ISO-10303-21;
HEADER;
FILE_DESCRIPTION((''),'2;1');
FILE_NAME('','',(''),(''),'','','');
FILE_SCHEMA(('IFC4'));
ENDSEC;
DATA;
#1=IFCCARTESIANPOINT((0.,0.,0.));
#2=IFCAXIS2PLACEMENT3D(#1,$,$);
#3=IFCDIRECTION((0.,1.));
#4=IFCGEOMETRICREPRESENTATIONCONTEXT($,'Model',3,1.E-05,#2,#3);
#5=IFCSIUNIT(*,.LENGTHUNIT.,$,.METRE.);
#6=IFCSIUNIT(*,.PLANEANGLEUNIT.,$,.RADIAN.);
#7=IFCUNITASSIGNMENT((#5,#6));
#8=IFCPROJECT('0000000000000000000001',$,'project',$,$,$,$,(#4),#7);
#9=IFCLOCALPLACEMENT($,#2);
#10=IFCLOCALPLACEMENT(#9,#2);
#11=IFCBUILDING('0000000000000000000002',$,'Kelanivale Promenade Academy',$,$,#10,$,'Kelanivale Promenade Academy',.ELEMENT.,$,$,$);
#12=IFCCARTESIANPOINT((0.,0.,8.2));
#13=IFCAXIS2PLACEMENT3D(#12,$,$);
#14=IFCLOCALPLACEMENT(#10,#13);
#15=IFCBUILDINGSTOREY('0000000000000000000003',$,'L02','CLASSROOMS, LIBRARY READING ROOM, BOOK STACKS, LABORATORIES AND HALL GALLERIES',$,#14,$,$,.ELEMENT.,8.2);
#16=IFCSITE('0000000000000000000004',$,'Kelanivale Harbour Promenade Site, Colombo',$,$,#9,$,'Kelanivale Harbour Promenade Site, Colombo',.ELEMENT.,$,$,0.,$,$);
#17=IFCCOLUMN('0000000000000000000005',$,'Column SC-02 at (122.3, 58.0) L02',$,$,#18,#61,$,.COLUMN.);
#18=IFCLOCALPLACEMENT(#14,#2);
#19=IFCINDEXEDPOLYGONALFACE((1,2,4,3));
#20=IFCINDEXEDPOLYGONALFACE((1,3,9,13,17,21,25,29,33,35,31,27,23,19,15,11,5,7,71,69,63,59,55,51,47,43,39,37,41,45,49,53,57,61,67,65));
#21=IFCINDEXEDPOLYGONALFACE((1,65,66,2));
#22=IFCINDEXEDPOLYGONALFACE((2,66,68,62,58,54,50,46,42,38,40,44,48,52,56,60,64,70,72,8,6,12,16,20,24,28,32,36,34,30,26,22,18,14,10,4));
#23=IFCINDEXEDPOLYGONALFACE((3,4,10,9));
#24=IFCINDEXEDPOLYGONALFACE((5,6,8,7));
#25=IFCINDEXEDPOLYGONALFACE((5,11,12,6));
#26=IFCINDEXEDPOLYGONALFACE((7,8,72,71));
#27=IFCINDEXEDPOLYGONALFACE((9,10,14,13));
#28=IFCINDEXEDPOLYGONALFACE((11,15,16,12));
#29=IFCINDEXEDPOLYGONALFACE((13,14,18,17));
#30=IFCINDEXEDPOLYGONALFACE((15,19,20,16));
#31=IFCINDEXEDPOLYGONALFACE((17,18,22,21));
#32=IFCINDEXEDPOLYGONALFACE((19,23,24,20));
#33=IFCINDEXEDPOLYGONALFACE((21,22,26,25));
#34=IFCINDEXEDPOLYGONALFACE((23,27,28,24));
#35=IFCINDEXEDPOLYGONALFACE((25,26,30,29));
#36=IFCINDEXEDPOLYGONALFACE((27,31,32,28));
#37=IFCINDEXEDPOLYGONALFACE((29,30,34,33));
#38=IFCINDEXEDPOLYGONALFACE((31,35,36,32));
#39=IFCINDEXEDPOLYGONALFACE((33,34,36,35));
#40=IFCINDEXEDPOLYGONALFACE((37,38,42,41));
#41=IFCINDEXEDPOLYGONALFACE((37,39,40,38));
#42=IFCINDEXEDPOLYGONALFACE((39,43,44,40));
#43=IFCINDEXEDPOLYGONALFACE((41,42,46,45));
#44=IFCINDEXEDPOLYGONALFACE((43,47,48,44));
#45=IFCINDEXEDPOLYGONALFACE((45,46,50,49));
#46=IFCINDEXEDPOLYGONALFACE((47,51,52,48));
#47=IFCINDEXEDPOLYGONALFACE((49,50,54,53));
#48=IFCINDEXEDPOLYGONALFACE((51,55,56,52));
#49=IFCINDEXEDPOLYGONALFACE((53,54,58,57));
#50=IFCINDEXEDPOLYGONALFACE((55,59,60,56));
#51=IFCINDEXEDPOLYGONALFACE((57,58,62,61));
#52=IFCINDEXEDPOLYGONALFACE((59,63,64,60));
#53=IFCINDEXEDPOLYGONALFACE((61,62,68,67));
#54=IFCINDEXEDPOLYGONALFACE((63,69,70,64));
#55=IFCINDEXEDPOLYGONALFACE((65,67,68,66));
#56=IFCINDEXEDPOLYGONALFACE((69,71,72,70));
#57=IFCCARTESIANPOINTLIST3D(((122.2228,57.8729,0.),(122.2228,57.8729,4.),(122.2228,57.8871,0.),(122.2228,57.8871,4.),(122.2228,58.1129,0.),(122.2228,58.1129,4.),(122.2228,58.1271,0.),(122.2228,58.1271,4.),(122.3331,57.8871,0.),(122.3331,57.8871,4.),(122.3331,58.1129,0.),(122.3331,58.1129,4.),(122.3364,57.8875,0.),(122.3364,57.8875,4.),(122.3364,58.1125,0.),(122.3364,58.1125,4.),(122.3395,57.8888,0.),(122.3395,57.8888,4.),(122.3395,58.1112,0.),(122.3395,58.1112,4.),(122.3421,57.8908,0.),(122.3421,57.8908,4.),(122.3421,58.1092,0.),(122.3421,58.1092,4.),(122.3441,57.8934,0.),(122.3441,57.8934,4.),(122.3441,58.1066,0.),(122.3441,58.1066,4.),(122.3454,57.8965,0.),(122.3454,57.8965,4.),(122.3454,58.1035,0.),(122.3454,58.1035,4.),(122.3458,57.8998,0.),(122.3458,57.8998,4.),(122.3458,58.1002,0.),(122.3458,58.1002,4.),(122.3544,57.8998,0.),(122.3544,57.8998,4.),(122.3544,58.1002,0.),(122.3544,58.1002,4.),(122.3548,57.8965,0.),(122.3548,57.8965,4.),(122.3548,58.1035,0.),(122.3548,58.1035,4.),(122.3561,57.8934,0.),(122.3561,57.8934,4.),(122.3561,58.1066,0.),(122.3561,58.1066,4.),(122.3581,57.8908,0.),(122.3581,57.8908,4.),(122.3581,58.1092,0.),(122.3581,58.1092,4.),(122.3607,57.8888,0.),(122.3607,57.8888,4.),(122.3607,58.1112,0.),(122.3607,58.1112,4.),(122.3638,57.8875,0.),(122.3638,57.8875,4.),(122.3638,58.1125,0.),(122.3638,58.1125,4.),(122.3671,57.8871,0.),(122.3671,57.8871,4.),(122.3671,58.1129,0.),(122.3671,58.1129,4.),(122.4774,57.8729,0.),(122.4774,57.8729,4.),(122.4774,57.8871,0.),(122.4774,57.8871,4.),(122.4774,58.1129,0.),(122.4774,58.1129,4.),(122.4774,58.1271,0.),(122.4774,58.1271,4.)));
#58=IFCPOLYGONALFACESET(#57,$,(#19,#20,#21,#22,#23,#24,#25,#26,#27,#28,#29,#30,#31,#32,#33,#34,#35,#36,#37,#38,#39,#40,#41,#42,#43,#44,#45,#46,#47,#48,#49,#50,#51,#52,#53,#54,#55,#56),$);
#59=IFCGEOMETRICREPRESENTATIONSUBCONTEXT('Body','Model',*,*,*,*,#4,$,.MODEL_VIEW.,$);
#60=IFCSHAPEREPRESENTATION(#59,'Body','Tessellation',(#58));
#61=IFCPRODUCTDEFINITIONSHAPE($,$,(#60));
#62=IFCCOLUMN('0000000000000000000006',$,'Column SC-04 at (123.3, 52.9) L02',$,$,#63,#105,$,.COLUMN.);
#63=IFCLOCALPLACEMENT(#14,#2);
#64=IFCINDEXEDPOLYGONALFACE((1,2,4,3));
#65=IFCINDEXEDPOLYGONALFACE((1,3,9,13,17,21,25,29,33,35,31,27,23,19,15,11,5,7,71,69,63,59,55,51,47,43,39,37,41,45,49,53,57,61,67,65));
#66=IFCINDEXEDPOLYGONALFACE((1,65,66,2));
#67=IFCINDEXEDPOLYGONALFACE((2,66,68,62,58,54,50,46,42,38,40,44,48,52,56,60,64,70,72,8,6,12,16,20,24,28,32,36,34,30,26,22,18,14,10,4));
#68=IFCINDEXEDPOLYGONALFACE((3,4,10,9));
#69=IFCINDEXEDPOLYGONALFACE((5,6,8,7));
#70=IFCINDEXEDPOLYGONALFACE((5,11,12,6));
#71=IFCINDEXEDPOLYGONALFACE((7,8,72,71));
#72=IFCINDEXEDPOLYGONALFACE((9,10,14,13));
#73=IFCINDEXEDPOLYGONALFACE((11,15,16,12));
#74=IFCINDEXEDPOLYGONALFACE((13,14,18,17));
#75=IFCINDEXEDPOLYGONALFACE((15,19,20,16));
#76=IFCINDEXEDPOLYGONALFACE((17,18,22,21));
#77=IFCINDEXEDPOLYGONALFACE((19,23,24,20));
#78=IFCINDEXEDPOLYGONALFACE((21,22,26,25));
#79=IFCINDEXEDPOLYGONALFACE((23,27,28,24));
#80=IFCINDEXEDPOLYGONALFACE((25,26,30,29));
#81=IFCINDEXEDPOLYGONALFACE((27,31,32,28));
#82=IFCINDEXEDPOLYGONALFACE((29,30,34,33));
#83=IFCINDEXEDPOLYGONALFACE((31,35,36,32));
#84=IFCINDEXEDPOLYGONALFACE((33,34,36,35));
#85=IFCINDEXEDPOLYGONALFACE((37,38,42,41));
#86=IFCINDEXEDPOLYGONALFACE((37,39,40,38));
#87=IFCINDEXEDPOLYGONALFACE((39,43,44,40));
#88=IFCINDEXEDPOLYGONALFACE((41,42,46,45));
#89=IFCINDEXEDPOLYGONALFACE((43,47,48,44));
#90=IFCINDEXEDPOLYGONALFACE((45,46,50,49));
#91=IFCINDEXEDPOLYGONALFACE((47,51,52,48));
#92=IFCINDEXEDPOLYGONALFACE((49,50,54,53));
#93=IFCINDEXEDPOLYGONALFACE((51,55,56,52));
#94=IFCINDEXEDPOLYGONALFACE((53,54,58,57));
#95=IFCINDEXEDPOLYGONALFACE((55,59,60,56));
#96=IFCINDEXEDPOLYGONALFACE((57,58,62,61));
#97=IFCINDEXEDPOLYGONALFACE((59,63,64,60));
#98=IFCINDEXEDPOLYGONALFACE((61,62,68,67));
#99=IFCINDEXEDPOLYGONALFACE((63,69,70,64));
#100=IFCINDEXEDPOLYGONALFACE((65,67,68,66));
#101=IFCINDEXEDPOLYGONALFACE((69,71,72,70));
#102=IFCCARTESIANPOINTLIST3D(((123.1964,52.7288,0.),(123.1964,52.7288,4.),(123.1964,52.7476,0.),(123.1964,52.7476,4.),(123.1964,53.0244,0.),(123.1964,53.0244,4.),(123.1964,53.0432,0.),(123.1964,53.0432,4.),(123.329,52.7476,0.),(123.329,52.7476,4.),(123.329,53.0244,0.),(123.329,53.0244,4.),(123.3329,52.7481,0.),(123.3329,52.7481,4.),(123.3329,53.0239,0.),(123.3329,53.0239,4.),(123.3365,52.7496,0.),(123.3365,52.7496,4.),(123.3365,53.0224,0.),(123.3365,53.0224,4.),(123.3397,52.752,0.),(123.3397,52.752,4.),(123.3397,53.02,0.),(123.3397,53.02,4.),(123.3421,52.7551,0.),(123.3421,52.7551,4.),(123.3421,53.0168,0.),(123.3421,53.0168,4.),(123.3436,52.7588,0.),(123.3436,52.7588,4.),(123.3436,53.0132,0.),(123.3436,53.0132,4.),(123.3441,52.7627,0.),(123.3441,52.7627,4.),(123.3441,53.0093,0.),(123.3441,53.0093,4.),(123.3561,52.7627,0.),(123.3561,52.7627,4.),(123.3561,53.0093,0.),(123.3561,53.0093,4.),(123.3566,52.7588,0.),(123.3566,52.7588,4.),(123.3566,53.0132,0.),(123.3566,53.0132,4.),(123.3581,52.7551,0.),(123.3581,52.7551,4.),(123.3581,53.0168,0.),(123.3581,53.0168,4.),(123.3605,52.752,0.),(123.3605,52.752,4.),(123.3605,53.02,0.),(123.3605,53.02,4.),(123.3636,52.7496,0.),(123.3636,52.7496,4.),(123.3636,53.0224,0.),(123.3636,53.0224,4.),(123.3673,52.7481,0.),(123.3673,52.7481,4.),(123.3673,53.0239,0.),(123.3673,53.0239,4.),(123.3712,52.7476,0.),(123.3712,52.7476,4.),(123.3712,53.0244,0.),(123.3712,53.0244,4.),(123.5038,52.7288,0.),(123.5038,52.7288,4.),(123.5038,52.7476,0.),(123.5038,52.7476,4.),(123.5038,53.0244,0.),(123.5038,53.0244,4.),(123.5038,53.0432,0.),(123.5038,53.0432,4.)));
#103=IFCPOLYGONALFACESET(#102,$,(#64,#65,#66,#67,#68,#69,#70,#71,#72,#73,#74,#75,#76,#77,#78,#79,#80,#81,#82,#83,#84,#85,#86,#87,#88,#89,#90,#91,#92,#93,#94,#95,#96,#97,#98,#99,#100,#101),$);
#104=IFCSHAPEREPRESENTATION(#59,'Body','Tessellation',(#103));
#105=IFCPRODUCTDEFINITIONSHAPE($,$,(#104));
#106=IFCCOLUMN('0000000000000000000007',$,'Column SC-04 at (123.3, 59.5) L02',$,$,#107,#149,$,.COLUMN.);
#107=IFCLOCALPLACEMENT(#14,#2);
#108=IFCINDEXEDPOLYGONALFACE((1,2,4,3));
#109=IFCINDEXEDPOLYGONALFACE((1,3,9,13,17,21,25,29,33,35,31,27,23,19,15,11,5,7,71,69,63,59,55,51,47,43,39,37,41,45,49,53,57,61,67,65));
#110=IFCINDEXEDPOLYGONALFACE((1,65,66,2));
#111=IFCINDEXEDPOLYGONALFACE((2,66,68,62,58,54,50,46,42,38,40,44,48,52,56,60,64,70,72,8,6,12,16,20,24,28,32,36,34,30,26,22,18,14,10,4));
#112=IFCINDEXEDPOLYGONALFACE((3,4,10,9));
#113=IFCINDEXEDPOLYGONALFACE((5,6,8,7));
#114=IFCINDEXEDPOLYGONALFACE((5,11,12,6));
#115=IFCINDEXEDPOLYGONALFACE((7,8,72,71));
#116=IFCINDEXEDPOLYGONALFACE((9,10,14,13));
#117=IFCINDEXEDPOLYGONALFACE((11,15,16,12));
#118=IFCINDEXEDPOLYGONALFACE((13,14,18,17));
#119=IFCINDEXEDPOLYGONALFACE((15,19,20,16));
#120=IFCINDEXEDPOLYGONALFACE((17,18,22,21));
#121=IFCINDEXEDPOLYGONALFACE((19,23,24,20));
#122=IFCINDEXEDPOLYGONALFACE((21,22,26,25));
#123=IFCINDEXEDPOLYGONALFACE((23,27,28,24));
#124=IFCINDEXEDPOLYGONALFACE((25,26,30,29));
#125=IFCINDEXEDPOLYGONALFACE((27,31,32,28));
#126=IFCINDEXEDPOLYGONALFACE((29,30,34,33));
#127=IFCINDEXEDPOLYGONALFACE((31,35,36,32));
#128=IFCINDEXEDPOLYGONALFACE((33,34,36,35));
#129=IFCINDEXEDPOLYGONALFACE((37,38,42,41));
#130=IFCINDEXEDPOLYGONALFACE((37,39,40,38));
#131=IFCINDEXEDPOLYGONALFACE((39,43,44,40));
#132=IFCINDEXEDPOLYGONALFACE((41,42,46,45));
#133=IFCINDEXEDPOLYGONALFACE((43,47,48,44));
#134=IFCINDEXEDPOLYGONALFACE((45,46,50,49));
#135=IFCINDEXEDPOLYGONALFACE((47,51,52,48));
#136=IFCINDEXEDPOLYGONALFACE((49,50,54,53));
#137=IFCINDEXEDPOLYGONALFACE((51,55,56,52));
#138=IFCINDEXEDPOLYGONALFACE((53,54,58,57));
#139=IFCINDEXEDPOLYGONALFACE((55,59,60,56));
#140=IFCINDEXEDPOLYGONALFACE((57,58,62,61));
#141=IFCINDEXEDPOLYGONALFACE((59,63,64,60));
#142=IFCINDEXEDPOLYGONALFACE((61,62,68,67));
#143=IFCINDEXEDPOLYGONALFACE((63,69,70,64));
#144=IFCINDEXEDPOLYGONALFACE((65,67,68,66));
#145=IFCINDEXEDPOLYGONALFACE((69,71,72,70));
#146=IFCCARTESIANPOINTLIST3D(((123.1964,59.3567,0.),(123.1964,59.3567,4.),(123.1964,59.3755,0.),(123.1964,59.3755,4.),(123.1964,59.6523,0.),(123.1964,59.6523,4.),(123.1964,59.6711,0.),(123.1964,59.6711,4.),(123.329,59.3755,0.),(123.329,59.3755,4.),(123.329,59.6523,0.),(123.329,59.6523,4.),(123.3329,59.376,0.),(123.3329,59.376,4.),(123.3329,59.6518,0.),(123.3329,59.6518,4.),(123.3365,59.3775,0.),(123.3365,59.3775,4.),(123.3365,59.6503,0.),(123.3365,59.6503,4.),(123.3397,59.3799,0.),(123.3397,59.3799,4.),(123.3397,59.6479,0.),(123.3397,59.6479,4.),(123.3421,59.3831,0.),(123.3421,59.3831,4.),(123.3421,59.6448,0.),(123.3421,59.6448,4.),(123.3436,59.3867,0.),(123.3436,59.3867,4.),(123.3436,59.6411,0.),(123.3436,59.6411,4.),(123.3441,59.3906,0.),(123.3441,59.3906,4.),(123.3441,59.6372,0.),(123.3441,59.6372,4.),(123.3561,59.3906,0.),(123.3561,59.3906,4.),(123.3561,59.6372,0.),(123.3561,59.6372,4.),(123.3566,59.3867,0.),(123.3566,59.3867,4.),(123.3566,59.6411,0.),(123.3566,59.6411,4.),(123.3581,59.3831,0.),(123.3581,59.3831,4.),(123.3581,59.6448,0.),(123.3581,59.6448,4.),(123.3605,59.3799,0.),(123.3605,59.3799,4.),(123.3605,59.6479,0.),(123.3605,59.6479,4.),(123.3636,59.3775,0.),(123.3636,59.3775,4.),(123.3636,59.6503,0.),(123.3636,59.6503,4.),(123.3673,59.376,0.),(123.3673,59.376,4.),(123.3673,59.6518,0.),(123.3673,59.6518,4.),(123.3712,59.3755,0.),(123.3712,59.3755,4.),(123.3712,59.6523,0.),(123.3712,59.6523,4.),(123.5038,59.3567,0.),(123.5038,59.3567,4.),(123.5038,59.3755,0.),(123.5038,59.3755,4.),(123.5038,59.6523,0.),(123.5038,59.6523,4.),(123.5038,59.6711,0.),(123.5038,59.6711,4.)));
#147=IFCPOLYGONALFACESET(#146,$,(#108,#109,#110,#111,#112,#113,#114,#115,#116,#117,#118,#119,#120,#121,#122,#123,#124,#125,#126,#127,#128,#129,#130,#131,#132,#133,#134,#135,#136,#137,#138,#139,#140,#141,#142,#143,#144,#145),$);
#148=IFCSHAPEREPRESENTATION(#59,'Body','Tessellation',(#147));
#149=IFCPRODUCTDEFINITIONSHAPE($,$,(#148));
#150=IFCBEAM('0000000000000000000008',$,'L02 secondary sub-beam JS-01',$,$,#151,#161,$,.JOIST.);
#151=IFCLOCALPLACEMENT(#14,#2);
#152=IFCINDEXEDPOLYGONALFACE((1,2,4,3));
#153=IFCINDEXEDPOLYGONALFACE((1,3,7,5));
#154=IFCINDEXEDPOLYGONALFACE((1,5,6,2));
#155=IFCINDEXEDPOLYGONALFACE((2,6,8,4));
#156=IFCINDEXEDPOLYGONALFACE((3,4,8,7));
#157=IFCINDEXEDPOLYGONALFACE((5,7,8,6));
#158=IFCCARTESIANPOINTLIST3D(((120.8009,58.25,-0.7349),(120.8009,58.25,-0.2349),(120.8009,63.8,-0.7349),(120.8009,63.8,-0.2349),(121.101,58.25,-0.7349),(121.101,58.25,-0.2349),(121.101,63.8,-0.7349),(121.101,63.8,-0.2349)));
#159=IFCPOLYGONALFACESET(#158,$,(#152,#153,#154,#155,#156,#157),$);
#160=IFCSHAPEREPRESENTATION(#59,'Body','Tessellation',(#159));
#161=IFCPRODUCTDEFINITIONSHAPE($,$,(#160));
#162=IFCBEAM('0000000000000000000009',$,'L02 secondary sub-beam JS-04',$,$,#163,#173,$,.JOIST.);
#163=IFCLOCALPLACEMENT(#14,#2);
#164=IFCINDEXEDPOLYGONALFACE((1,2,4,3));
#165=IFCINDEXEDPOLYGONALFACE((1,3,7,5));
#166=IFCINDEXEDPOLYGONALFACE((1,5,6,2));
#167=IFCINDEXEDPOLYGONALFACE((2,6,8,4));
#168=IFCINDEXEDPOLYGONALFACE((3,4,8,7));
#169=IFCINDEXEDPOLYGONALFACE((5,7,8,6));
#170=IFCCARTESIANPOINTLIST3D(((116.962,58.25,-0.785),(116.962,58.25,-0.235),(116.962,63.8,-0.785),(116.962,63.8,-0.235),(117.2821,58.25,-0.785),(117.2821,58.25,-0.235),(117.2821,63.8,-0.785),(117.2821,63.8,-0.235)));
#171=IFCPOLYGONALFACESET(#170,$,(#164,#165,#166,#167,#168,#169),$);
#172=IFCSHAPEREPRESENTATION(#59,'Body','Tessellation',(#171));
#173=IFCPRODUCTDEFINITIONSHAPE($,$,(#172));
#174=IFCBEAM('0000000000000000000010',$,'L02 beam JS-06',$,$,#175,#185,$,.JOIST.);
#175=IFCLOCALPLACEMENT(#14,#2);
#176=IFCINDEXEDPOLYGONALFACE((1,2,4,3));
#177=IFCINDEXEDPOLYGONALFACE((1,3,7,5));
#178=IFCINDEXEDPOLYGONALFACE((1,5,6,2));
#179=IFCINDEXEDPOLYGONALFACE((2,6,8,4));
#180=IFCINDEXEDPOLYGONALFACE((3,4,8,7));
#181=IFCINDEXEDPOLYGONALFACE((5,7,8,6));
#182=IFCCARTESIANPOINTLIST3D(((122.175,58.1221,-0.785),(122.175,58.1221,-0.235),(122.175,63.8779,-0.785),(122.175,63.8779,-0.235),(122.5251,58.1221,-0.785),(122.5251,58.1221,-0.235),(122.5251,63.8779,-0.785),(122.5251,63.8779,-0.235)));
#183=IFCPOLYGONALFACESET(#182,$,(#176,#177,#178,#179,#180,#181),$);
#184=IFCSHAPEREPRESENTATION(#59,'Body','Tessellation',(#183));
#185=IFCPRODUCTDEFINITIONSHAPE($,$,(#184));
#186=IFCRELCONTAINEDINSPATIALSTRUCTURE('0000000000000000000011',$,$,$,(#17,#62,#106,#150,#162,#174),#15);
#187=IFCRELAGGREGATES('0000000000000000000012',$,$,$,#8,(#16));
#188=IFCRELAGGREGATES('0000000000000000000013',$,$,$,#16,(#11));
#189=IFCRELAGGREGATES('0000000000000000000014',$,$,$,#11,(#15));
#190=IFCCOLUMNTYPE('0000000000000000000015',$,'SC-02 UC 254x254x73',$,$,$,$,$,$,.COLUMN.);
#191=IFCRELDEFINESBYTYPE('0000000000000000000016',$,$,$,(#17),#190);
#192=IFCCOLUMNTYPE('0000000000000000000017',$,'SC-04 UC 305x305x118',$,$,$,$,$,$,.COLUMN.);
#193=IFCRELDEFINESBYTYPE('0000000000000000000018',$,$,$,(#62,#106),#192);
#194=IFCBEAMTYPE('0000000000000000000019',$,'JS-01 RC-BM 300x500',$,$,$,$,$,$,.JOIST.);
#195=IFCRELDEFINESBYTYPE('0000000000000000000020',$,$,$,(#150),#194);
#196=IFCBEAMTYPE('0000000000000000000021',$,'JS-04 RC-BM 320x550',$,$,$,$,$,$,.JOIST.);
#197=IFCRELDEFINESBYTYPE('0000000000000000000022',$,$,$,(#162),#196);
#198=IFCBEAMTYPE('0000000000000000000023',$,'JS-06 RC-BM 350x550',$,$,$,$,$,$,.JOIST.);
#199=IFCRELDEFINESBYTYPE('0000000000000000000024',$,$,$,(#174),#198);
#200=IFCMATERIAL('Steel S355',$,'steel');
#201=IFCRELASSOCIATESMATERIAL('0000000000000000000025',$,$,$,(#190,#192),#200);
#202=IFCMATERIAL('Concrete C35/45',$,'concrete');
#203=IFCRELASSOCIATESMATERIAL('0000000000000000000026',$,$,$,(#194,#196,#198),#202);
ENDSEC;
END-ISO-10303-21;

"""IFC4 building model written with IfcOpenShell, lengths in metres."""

from ifc_helpers import new_model, si_unit, direction, frame, origin, origin_2d, place, context, subcontext, project, spatial, rectangle, i_section, extrude, material, material_profile, profile_set, type_object, element, save


model = new_model("IFC4")

# Units and contexts
model_context = context("Model", 3, precision=1e-05, world=origin(), true_north=direction((0.0, 1.0)))
body_context = subcontext(model_context, "Body", "Model", "MODEL_VIEW")
ifc_project = project(units=[si_unit("LENGTHUNIT", "METRE"), si_unit("PLANEANGLEUNIT", "RADIAN")], contexts=[model_context])

# Site, building, storey
site_placement = place(None, origin())
site = spatial("IfcSite", under=ifc_project, at=site_placement, Name="Kelanivale Harbour Promenade Site, Colombo", LongName="Kelanivale Harbour Promenade Site, Colombo", CompositionType="ELEMENT", RefElevation=0.0)
building_placement = place(site_placement, origin())
building = spatial("IfcBuilding", under=site, at=building_placement, Name="Kelanivale Promenade Academy", LongName="Kelanivale Promenade Academy", CompositionType="ELEMENT")
storey_placement = place(building_placement, frame((0.0, 0.0, 8.2)))
storey = spatial("IfcBuildingStorey", under=building, at=storey_placement, Name="L02", Description="CLASSROOMS, LIBRARY READING ROOM, BOOK STACKS, LABORATORIES AND HALL GALLERIES", CompositionType="ELEMENT", Elevation=8.2)

# Columns
ifc_material_1 = material(Name="Steel S355", Category="steel")
ifc_material_profile_1 = material_profile(ifc_material_1, i_section(OverallWidth=0.2546, OverallDepth=0.2542, WebThickness=0.0085, FlangeThickness=0.0142, FilletRadius=0.0127, at=origin_2d()), Name="UC 254x254x73")
ifc_profile_set_1 = profile_set([ifc_material_profile_1], Name="Steel S355")
column_type_1 = type_object("IfcColumnType", Name="SC-02 UC 254x254x73", PredefinedType="COLUMN", material=ifc_profile_set_1)
column_placement = place(storey_placement, frame((122.3501, 58.0, 0.0), z_axis=(0.0, 0.0, 1.0), x_axis=(1.0, 0.0, 0.0)))
element("IfcColumn", 1, at=column_placement, inside=storey, type_object=column_type_1, Name="Column SC-02 at (122.3, 58.0) L02", PredefinedType="COLUMN", context=body_context, shape_type="SweptSolid", body=[
    extrude(i_section(OverallWidth=0.2546, OverallDepth=0.2542, WebThickness=0.0085, FlangeThickness=0.0142, FilletRadius=0.0127, at=origin_2d()), origin(), (0.0, 0.0, 1.0), 4.0),
])
ifc_material_profile_2 = material_profile(ifc_material_1, i_section(OverallWidth=0.3074, OverallDepth=0.3145, WebThickness=0.012, FlangeThickness=0.0188, FilletRadius=0.0151, at=origin_2d()), Name="UC 305x305x118")
ifc_profile_set_2 = profile_set([ifc_material_profile_2], Name="Steel S355")
column_type_2 = type_object("IfcColumnType", Name="SC-04 UC 305x305x118", PredefinedType="COLUMN", material=ifc_profile_set_2)
for number, where, z_axis, x_axis, name in (
    (2, (123.3501, 52.886, 0.0), (0.0, 0.0, 1.0), (1.0, 0.0, 0.0), "Column SC-04 at (123.3, 52.9) L02"),
    (3, (123.3501, 59.5139, 0.0), (0.0, 0.0, 1.0), (1.0, 0.0, 0.0), "Column SC-04 at (123.3, 59.5) L02"),
):
    element("IfcColumn", number, at=place(storey_placement, frame(where, z_axis=z_axis, x_axis=x_axis)), inside=storey, type_object=column_type_2, Name=name, PredefinedType="COLUMN", context=body_context, shape_type="SweptSolid", body=[
        extrude(i_section(OverallWidth=0.3074, OverallDepth=0.3145, WebThickness=0.012, FlangeThickness=0.0188, FilletRadius=0.0151, at=origin_2d()), origin(), (0.0, 0.0, 1.0), 4.0),
    ])

# Beams
ifc_material_2 = material(Name="Concrete C35/45", Category="concrete")
ifc_material_profile_3 = material_profile(ifc_material_2, rectangle(XDim=0.3, YDim=0.5, at=origin_2d()), Name="RC-BM 300x500")
ifc_profile_set_3 = profile_set([ifc_material_profile_3], Name="Concrete C35/45")
beam_type_1 = type_object("IfcBeamType", Name="JS-01 RC-BM 300x500", PredefinedType="JOIST", material=ifc_profile_set_3)
beam_1_placement = place(storey_placement, frame((120.9509, 58.25, -0.4849), z_axis=(0.0, 1.0, 0.0), x_axis=(-1.0, 0.0, 0.0)))
element("IfcBeam", 4, at=beam_1_placement, inside=storey, type_object=beam_type_1, Name="L02 secondary sub-beam JS-01", PredefinedType="JOIST", context=body_context, shape_type="SweptSolid", body=[
    extrude(rectangle(XDim=0.3, YDim=0.5, at=origin_2d()), origin(), (0.0, 0.0, 1.0), 5.55),
])
ifc_material_profile_4 = material_profile(ifc_material_2, rectangle(XDim=0.3201, YDim=0.55, at=origin_2d()), Name="RC-BM 320x550")
ifc_profile_set_4 = profile_set([ifc_material_profile_4], Name="Concrete C35/45")
beam_type_2 = type_object("IfcBeamType", Name="JS-04 RC-BM 320x550", PredefinedType="JOIST", material=ifc_profile_set_4)
beam_2_placement = place(storey_placement, frame((117.1221, 58.25, -0.51), z_axis=(0.0, 1.0, 0.0), x_axis=(-1.0, 0.0, 0.0)))
element("IfcBeam", 5, at=beam_2_placement, inside=storey, type_object=beam_type_2, Name="L02 secondary sub-beam JS-04", PredefinedType="JOIST", context=body_context, shape_type="SweptSolid", body=[
    extrude(rectangle(XDim=0.3201, YDim=0.55, at=origin_2d()), origin(), (0.0, 0.0, 1.0), 5.55),
])
ifc_material_profile_5 = material_profile(ifc_material_2, rectangle(XDim=0.3501, YDim=0.55, at=origin_2d()), Name="RC-BM 350x550")
ifc_profile_set_5 = profile_set([ifc_material_profile_5], Name="Concrete C35/45")
beam_type_3 = type_object("IfcBeamType", Name="JS-06 RC-BM 350x550", PredefinedType="JOIST", material=ifc_profile_set_5)
beam_3_placement = place(storey_placement, frame((122.3501, 58.1221, -0.51), z_axis=(0.0, 1.0, 0.0), x_axis=(-1.0, 0.0, 0.0)))
element("IfcBeam", 6, at=beam_3_placement, inside=storey, type_object=beam_type_3, Name="L02 beam JS-06", PredefinedType="JOIST", context=body_context, shape_type="SweptSolid", body=[
    extrude(rectangle(XDim=0.3501, YDim=0.55, at=origin_2d()), origin(), (0.0, 0.0, 1.0), 5.7559),
])

save(model, "model.ifc")
